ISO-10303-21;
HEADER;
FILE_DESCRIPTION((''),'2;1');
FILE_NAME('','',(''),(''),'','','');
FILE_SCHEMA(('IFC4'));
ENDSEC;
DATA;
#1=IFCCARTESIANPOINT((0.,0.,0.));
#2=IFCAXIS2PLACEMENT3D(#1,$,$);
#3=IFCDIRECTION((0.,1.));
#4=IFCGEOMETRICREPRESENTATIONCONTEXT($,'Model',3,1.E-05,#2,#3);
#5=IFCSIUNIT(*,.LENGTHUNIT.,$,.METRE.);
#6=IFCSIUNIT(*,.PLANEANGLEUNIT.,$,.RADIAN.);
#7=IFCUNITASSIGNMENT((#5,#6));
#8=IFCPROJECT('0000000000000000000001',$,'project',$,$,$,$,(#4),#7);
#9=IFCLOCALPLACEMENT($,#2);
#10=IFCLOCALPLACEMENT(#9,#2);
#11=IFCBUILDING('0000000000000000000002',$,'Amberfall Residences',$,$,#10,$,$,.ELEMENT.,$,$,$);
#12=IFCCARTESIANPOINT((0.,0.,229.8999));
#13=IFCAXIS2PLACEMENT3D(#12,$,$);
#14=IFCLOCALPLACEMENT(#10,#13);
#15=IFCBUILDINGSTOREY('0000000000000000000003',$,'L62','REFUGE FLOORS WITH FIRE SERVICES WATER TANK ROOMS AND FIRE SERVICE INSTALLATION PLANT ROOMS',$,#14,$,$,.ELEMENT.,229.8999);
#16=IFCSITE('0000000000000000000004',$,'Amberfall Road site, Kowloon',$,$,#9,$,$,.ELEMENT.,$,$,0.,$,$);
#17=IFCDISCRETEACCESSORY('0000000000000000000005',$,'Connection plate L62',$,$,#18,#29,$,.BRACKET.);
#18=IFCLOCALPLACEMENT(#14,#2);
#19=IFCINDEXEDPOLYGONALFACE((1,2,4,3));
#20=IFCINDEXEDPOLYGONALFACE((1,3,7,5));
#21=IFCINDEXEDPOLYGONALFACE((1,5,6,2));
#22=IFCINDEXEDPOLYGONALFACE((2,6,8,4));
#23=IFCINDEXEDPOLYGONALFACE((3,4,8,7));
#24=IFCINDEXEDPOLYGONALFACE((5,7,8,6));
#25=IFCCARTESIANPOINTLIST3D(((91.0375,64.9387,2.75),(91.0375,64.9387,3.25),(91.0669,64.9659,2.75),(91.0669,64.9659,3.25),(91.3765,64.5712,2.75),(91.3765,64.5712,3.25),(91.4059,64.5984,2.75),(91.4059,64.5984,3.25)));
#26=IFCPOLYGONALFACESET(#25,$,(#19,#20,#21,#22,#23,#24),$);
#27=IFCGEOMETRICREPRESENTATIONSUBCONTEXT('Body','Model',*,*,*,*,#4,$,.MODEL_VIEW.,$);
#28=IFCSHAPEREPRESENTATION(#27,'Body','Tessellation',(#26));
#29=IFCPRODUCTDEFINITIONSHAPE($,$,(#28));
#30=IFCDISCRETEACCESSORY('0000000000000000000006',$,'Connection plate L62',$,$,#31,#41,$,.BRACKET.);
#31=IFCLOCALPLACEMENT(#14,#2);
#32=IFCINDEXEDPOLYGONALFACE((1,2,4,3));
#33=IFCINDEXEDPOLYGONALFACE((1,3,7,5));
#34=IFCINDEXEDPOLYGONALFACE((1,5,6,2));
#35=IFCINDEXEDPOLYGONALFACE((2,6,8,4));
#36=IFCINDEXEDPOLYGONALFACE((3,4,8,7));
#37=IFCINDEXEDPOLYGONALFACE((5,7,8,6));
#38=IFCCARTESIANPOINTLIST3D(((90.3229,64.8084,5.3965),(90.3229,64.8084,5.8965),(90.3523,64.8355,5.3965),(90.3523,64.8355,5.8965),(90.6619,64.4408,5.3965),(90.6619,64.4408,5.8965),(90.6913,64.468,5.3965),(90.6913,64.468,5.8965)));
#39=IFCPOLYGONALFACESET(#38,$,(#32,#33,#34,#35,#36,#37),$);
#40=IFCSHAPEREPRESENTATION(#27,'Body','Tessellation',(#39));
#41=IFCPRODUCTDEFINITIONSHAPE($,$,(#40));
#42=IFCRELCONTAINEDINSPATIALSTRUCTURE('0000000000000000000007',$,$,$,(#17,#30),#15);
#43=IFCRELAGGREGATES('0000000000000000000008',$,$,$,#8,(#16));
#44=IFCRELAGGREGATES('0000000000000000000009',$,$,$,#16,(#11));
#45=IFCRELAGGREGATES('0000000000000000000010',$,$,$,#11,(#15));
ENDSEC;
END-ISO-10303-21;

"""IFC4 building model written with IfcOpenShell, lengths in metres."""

from ifc_helpers import new_model, si_unit, direction, frame, origin, origin_2d, place, context, subcontext, project, spatial, rectangle, extrude, element, save


model = new_model("IFC4")

# Units and contexts
model_context = context("Model", 3, precision=1e-05, world=origin(), true_north=direction((0.0, 1.0)))
body_context = subcontext(model_context, "Body", "Model", "MODEL_VIEW")
ifc_project = project(units=[si_unit("LENGTHUNIT", "METRE"), si_unit("PLANEANGLEUNIT", "RADIAN")], contexts=[model_context])

# Site, building, storey
site_placement = place(None, origin())
site = spatial("IfcSite", under=ifc_project, at=site_placement, Name="Amberfall Road site, Kowloon", CompositionType="ELEMENT", RefElevation=0.0)
building_placement = place(site_placement, origin())
building = spatial("IfcBuilding", under=site, at=building_placement, Name="Amberfall Residences", CompositionType="ELEMENT")
storey_placement = place(building_placement, frame((0.0, 0.0, 229.8999)))
storey = spatial("IfcBuildingStorey", under=building, at=storey_placement, Name="L62", Description="REFUGE FLOORS WITH FIRE SERVICES WATER TANK ROOMS AND FIRE SERVICE INSTALLATION PLANT ROOMS", CompositionType="ELEMENT", Elevation=229.8999)

# Discrete accessories
for number, where, z_axis, x_axis, name in (
    (1, (91.2217, 64.7686, 2.75), (0.0, 0.0, 1.0), (-0.677993, 0.735068, 0.0), "Connection plate L62"),
    (2, (90.5071, 64.6382, 5.3965), (0.0, 0.0, 1.0), (-0.677993, 0.735068, 0.0), "Connection plate L62"),
):
    element("IfcDiscreteAccessory", number, at=place(storey_placement, frame(where, z_axis=z_axis, x_axis=x_axis)), inside=storey, Name=name, PredefinedType="BRACKET", context=body_context, shape_type="SweptSolid", body=[
        extrude(rectangle(XDim=0.5, YDim=0.04, at=origin_2d()), origin(), (0.0, 0.0, 1.0), 0.5),
    ])

save(model, "model.ifc")
